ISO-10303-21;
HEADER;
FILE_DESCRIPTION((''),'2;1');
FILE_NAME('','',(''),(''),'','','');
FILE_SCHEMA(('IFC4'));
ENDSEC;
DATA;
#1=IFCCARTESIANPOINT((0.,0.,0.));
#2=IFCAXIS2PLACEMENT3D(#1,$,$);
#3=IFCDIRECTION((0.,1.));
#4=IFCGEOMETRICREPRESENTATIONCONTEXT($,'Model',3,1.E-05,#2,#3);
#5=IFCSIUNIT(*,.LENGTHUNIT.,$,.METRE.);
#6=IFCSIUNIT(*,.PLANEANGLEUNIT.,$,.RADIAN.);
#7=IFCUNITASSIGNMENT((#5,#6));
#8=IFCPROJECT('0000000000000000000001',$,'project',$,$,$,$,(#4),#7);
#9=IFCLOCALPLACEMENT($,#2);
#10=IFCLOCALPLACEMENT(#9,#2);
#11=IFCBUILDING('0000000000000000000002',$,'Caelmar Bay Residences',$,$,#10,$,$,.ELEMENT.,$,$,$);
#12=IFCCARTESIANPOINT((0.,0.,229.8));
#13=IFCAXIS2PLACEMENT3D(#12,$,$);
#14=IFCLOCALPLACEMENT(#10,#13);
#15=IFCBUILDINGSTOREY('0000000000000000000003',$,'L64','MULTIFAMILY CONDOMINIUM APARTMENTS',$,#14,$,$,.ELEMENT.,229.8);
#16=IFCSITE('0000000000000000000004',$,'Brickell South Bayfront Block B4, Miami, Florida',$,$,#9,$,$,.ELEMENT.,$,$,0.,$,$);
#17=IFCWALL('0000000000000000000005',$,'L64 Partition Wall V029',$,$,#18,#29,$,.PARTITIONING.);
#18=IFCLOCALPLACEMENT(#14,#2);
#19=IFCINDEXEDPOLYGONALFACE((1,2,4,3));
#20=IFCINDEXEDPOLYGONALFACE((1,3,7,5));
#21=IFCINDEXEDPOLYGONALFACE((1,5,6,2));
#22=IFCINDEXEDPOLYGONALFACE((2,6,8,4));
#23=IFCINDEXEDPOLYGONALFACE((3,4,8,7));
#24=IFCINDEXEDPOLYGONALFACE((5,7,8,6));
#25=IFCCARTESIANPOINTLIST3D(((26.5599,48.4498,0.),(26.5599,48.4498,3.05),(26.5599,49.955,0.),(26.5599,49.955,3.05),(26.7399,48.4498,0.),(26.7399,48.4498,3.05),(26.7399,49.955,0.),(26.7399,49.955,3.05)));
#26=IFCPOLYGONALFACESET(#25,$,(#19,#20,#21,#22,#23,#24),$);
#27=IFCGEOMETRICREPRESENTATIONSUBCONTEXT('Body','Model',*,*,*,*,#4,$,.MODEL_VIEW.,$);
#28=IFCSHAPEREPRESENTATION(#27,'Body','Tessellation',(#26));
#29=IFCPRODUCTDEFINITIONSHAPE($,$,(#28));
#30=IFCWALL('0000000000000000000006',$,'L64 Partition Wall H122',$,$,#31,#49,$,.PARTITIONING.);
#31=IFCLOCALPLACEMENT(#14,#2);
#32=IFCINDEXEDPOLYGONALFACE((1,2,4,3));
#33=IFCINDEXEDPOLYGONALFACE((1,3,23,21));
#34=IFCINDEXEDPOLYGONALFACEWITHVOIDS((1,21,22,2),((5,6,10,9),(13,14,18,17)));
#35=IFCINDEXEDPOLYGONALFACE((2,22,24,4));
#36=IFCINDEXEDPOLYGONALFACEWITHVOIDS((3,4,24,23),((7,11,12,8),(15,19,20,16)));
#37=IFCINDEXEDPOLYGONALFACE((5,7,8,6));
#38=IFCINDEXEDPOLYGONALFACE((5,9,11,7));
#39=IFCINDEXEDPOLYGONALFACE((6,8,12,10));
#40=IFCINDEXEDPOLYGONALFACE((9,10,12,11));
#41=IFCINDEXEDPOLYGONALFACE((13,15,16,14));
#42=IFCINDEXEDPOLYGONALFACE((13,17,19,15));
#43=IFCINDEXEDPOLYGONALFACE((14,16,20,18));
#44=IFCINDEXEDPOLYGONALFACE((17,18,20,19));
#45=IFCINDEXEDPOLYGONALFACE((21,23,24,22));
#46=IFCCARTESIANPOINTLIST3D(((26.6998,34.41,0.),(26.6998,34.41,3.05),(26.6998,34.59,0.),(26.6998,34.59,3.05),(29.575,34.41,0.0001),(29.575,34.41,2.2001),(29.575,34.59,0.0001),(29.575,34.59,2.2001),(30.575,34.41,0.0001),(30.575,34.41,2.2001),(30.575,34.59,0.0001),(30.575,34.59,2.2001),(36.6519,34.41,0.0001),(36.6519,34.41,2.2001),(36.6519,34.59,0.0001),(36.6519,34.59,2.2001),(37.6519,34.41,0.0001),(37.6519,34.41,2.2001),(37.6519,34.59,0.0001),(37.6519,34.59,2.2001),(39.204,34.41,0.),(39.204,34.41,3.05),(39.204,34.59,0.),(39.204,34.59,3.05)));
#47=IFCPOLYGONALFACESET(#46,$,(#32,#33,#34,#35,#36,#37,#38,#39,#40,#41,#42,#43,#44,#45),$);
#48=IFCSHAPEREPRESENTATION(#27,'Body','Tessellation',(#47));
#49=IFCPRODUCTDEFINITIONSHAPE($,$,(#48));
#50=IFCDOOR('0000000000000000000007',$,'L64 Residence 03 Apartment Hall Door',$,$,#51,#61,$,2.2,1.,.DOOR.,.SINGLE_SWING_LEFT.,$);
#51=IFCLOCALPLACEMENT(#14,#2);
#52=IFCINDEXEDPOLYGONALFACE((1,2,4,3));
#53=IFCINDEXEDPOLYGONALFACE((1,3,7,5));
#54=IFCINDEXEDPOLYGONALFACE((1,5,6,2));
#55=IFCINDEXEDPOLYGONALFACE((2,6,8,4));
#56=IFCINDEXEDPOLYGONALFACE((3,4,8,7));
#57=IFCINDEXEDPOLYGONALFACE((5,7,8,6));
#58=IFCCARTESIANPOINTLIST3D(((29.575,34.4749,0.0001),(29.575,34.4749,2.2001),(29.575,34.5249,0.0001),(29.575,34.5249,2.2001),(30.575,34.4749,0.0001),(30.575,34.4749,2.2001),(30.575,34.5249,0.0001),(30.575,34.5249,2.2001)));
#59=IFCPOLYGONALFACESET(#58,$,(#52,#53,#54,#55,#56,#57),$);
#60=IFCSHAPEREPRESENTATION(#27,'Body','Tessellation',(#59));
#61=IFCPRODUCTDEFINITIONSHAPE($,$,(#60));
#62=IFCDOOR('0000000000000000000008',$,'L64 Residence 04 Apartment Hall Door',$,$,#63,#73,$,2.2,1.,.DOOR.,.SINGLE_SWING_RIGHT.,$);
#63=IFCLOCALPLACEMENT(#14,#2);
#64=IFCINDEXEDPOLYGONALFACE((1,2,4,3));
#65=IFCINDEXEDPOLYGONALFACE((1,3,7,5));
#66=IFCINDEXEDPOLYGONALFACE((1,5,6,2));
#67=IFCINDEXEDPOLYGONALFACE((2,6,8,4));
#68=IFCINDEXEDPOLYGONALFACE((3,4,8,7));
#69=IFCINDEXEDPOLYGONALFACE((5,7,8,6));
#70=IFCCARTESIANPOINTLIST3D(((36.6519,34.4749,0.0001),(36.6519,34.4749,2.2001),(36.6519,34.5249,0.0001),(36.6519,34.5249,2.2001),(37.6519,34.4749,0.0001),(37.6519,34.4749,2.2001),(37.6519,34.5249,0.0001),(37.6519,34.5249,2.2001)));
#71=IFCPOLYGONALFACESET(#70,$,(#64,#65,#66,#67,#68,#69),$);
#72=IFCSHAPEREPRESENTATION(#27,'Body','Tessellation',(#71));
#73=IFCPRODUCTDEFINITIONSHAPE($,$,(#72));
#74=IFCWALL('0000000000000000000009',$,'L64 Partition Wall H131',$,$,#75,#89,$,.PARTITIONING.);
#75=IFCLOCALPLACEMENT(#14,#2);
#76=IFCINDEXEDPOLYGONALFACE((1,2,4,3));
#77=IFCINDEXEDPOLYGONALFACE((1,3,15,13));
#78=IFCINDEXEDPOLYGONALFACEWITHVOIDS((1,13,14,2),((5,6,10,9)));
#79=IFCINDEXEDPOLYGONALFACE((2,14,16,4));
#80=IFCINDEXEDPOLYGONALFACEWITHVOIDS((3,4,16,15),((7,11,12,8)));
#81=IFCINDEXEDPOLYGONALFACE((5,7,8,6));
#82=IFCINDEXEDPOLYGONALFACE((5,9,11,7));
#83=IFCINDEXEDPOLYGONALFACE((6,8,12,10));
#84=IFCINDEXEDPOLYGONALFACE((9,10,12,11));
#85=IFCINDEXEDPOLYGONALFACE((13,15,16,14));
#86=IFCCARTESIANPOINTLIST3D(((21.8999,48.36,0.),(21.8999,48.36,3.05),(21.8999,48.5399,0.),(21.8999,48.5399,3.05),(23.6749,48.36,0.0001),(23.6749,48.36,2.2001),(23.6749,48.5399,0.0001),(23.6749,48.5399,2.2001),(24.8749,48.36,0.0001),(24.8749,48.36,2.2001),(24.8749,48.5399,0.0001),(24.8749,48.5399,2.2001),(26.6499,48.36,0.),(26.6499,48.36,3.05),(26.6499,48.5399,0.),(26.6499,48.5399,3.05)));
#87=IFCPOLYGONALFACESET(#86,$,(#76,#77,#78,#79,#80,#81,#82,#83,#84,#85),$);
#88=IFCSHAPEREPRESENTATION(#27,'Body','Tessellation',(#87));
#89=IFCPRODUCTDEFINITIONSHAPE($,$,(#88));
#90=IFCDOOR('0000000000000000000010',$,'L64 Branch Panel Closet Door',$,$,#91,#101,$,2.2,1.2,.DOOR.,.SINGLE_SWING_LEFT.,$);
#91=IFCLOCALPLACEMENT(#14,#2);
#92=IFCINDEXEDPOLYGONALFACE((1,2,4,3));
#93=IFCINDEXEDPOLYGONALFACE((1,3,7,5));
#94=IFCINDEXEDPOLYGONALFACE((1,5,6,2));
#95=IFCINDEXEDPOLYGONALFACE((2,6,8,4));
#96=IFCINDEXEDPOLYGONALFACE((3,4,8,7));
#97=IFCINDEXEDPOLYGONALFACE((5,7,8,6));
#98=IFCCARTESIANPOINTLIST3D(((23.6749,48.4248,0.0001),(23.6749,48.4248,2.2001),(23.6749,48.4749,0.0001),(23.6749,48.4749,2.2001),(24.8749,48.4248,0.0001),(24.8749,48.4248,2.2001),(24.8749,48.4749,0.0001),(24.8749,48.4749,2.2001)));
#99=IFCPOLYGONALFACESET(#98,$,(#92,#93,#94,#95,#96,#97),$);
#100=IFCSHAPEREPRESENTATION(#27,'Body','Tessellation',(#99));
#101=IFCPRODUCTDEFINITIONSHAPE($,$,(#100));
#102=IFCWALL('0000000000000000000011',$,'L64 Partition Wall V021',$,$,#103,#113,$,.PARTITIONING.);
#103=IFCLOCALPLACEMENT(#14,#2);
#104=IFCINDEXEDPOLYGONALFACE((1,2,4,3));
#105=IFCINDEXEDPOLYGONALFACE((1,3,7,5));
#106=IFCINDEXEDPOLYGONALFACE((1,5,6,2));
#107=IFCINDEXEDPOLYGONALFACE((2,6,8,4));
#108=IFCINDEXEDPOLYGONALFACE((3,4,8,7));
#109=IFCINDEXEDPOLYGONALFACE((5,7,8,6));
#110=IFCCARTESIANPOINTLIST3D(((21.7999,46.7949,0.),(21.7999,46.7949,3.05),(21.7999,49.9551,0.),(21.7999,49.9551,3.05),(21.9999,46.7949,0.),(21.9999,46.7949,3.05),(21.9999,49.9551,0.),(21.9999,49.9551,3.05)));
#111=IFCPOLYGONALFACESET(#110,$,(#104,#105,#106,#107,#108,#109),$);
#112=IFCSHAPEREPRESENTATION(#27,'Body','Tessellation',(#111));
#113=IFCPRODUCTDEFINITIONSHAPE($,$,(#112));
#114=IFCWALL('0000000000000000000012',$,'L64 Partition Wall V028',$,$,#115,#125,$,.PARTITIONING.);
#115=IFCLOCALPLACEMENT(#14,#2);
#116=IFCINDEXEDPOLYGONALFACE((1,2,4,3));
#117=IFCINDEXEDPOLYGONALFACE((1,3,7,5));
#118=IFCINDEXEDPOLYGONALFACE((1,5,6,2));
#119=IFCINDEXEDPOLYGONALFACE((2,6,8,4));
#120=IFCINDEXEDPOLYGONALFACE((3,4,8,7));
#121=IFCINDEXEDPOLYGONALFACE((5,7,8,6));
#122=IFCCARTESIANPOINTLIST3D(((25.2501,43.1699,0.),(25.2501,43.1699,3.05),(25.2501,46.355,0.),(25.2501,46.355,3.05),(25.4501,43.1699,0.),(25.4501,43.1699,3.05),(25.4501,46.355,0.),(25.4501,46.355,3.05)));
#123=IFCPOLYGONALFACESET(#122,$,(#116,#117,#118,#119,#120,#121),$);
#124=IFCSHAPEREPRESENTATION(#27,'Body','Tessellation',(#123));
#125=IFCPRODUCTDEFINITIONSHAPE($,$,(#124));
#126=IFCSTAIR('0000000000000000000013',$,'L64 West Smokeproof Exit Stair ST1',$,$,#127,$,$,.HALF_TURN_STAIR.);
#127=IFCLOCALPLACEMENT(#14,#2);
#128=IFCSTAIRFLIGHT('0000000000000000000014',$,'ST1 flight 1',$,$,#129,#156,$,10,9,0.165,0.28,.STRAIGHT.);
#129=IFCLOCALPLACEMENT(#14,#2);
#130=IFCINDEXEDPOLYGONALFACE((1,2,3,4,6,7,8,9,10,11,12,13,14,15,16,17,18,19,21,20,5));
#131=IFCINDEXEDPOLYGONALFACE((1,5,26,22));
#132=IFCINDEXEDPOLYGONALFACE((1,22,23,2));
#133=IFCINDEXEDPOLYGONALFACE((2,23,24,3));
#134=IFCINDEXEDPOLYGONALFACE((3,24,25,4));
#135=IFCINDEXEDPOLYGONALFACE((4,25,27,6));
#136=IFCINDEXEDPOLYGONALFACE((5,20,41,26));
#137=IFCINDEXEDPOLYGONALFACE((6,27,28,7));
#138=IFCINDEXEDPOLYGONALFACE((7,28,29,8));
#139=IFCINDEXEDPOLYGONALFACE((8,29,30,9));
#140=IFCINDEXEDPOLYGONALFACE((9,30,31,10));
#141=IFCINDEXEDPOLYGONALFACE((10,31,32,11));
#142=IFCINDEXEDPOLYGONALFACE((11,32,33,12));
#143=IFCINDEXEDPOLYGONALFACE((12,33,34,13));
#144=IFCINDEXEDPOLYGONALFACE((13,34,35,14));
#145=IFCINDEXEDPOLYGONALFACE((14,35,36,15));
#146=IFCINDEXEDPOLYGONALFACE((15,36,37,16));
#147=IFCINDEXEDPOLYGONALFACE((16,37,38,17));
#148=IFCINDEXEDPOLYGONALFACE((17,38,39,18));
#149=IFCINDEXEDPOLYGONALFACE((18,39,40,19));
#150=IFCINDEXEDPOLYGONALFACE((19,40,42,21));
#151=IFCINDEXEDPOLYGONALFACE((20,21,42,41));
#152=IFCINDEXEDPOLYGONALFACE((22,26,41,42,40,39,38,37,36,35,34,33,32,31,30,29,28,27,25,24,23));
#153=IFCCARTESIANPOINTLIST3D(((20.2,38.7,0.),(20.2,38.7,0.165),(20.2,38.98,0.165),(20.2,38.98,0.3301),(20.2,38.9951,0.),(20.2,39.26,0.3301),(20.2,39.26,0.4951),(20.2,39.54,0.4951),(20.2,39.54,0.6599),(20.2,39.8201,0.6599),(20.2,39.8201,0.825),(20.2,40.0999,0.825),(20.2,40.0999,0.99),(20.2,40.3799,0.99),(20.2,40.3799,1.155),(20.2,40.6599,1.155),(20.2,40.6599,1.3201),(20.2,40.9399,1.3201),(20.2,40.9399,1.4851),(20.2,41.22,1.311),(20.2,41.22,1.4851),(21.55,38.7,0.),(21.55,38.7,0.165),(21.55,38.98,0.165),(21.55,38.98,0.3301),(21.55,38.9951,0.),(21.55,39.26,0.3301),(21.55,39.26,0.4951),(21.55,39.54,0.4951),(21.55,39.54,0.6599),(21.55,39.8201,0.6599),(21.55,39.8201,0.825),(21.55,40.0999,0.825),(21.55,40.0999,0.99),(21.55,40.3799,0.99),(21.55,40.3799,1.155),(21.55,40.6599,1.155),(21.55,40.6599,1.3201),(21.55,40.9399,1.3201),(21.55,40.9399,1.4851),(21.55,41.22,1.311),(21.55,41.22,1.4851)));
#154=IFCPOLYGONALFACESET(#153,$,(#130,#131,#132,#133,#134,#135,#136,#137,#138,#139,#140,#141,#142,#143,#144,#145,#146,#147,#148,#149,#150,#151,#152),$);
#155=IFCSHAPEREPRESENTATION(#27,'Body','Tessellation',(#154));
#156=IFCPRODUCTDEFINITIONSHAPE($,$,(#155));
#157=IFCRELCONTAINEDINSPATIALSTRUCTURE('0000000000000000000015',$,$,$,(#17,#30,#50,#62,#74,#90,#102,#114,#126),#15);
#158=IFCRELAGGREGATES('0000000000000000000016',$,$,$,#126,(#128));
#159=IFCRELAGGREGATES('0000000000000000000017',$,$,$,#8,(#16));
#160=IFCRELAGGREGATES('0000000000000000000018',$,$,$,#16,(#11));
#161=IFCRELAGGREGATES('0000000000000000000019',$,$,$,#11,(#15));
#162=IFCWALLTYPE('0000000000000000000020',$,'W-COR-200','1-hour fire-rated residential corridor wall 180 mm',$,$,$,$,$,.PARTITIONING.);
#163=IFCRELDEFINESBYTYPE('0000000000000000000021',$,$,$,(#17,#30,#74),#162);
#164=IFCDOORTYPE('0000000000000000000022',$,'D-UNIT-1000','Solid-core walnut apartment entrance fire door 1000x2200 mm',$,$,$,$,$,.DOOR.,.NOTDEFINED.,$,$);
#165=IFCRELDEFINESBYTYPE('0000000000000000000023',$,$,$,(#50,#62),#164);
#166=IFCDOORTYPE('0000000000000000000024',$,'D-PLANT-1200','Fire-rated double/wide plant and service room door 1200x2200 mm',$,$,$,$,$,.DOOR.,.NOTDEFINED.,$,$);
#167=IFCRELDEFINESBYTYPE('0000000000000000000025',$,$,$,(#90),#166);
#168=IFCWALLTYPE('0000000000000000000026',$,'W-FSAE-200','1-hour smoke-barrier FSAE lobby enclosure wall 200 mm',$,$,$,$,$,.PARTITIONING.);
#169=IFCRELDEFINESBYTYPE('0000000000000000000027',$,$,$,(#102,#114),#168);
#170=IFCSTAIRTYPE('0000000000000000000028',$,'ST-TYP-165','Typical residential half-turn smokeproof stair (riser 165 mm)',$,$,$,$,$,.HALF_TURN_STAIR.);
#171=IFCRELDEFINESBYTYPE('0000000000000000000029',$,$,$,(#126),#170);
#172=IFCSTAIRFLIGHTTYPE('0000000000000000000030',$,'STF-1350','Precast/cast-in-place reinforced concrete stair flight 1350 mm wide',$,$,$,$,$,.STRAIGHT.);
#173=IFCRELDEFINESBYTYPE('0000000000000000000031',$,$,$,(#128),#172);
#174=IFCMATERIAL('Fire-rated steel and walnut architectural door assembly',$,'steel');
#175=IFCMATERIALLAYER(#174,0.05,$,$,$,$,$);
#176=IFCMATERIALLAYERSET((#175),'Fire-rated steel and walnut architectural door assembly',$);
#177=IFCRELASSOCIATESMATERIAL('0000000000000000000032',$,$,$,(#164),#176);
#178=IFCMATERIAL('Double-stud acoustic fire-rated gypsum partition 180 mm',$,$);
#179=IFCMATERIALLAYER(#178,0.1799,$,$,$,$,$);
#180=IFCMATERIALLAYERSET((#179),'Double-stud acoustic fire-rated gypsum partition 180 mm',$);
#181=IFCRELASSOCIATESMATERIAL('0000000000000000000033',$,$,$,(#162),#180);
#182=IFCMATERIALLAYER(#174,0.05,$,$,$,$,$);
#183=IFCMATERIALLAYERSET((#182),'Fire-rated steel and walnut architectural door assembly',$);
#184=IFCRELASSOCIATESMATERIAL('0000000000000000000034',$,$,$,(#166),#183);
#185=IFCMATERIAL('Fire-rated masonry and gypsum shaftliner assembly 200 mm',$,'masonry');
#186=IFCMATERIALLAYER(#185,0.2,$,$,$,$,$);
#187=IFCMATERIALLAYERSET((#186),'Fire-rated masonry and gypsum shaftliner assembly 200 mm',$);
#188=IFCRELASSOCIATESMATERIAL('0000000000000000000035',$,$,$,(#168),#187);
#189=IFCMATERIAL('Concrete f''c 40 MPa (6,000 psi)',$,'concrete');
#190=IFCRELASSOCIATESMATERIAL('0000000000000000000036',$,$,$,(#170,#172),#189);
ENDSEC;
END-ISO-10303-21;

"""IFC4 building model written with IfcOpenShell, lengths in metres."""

from ifc_helpers import new_model, si_unit, direction, frame, frame_2d, origin, place, context, subcontext, project, spatial, polyline, rectangle, outline, extrude, material, layer, layer_set, type_object, element, fill, aggregate, save


model = new_model("IFC4")

# Units and contexts
model_context = context("Model", 3, precision=1e-05, world=origin(), true_north=direction((0.0, 1.0)))
body_context = subcontext(model_context, "Body", "Model", "MODEL_VIEW")
ifc_project = project(units=[si_unit("LENGTHUNIT", "METRE"), si_unit("PLANEANGLEUNIT", "RADIAN")], contexts=[model_context])

# Site, building, storey
site_placement = place(None, origin())
site = spatial("IfcSite", under=ifc_project, at=site_placement, Name="Brickell South Bayfront Block B4, Miami, Florida", CompositionType="ELEMENT", RefElevation=0.0)
building_placement = place(site_placement, origin())
building = spatial("IfcBuilding", under=site, at=building_placement, Name="Caelmar Bay Residences", CompositionType="ELEMENT")
storey_placement = place(building_placement, frame((0.0, 0.0, 229.8)))
storey = spatial("IfcBuildingStorey", under=building, at=storey_placement, Name="L64", Description="MULTIFAMILY CONDOMINIUM APARTMENTS", CompositionType="ELEMENT", Elevation=229.8)

# Shared definitions
ifc_material_1 = material(Name="Fire-rated steel and walnut architectural door assembly", Category="steel")

# Shared definitions
ifc_layer_1 = layer(ifc_material_1, 0.05)
ifc_layer_set_1 = layer_set([ifc_layer_1], Name="Fire-rated steel and walnut architectural door assembly")
door_type_1 = type_object("IfcDoorType", Name="D-UNIT-1000", Description="Solid-core walnut apartment entrance fire door 1000x2200 mm", OperationType="NOTDEFINED", PredefinedType="DOOR", material=ifc_layer_set_1)

# Wall
ifc_material_2 = material(Name="Double-stud acoustic fire-rated gypsum partition 180 mm")
ifc_layer_2 = layer(ifc_material_2, 0.1799)
ifc_layer_set_2 = layer_set([ifc_layer_2], Name="Double-stud acoustic fire-rated gypsum partition 180 mm")
wall_type_1 = type_object("IfcWallType", Name="W-COR-200", Description="1-hour fire-rated residential corridor wall 180 mm", PredefinedType="PARTITIONING", material=ifc_layer_set_2)
wall_1_placement = place(storey_placement, frame((26.6499, 48.45, 0.0), z_axis=(0.0, 0.0, 1.0), x_axis=(0.0, 1.0, 0.0)))
element("IfcWall", 1, at=wall_1_placement, inside=storey, type_object=wall_type_1, Name="L64 Partition Wall V029", PredefinedType="PARTITIONING", context=body_context, shape_type="SweptSolid", body=[
    extrude(rectangle(XDim=1.5051, YDim=0.1799, at=frame_2d((0.7524, 0.0))), origin(), (0.0, 0.0, 1.0), 3.05),
])

# Wall, openings, doors
wall_2_placement = place(storey_placement, frame((26.7, 34.5, 0.0), z_axis=(0.0, 0.0, 1.0), x_axis=(1.0, 0.0, 0.0)))
wall_2 = element("IfcWall", 2, at=wall_2_placement, inside=storey, type_object=wall_type_1, Name="L64 Partition Wall H122", PredefinedType="PARTITIONING", context=body_context, shape_type="SweptSolid", body=[
    extrude(rectangle(XDim=12.5042, YDim=0.1799, at=frame_2d((6.252, 0.0))), origin(), (0.0, 0.0, 1.0), 3.05),
])
opening_1_placement = place(wall_2_placement, frame((2.875, 0.0, 0.0)))
opening_1 = element("IfcOpeningElement", 3, at=opening_1_placement, cuts=wall_2, PredefinedType="OPENING", context=body_context, shape_type="SweptSolid", body=[
    extrude(rectangle(XDim=1.0, YDim=2.2, at=frame_2d((0.5, 1.1001))), frame((0.0, 0.0999, 0.0), z_axis=(0.0, -1.0, 0.0), x_axis=(1.0, 0.0, 0.0)), (0.0, 0.0, 1.0), 0.2),
])
opening_2_placement = place(wall_2_placement, frame((9.9519, 0.0, 0.0)))
opening_2 = element("IfcOpeningElement", 4, at=opening_2_placement, cuts=wall_2, PredefinedType="OPENING", context=body_context, shape_type="SweptSolid", body=[
    extrude(rectangle(XDim=1.0, YDim=2.2, at=frame_2d((0.5, 1.1001))), frame((0.0, 0.0999, 0.0), z_axis=(0.0, -1.0, 0.0), x_axis=(1.0, 0.0, 0.0)), (0.0, 0.0, 1.0), 0.2),
])
door_1_placement = place(opening_1_placement, origin())
door_1 = element("IfcDoor", 5, at=door_1_placement, inside=storey, type_object=door_type_1, Name="L64 Residence 03 Apartment Hall Door", OperationType="SINGLE_SWING_LEFT", OverallHeight=2.2, OverallWidth=1.0, PredefinedType="DOOR", context=body_context, shape_type="SweptSolid", body=[
    extrude(rectangle(XDim=1.0, YDim=2.2, at=frame_2d((0.5, 1.1001))), frame((0.0, 0.0249, 0.0), z_axis=(0.0, -1.0, 0.0), x_axis=(1.0, 0.0, 0.0)), (0.0, 0.0, 1.0), 0.05),
])
fill(opening_1, door_1)
door_2_placement = place(opening_2_placement, origin())
door_2 = element("IfcDoor", 6, at=door_2_placement, inside=storey, type_object=door_type_1, Name="L64 Residence 04 Apartment Hall Door", OperationType="SINGLE_SWING_RIGHT", OverallHeight=2.2, OverallWidth=1.0, PredefinedType="DOOR", context=body_context, shape_type="SweptSolid", body=[
    extrude(rectangle(XDim=1.0, YDim=2.2, at=frame_2d((0.5, 1.1001))), frame((0.0, 0.0249, 0.0), z_axis=(0.0, -1.0, 0.0), x_axis=(1.0, 0.0, 0.0)), (0.0, 0.0, 1.0), 0.05),
])
fill(opening_2, door_2)

# Wall, opening, door
wall_3_placement = place(storey_placement, frame((21.8999, 48.45, 0.0), z_axis=(0.0, 0.0, 1.0), x_axis=(1.0, 0.0, 0.0)))
wall_3 = element("IfcWall", 7, at=wall_3_placement, inside=storey, type_object=wall_type_1, Name="L64 Partition Wall H131", PredefinedType="PARTITIONING", context=body_context, shape_type="SweptSolid", body=[
    extrude(rectangle(XDim=4.75, YDim=0.1799, at=frame_2d((2.375, 0.0))), origin(), (0.0, 0.0, 1.0), 3.05),
])
opening_3_placement = place(wall_3_placement, frame((1.7749, 0.0, 0.0)))
opening_3 = element("IfcOpeningElement", 8, at=opening_3_placement, cuts=wall_3, PredefinedType="OPENING", context=body_context, shape_type="SweptSolid", body=[
    extrude(rectangle(XDim=1.2, YDim=2.2, at=frame_2d((0.6001, 1.1001))), frame((0.0, 0.0999, 0.0), z_axis=(0.0, -1.0, 0.0), x_axis=(1.0, 0.0, 0.0)), (0.0, 0.0, 1.0), 0.2),
])
ifc_layer_3 = layer(ifc_material_1, 0.05)
ifc_layer_set_3 = layer_set([ifc_layer_3], Name="Fire-rated steel and walnut architectural door assembly")
door_type_2 = type_object("IfcDoorType", Name="D-PLANT-1200", Description="Fire-rated double/wide plant and service room door 1200x2200 mm", OperationType="NOTDEFINED", PredefinedType="DOOR", material=ifc_layer_set_3)
door_3_placement = place(opening_3_placement, origin())
door_3 = element("IfcDoor", 9, at=door_3_placement, inside=storey, type_object=door_type_2, Name="L64 Branch Panel Closet Door", OperationType="SINGLE_SWING_LEFT", OverallHeight=2.2, OverallWidth=1.2, PredefinedType="DOOR", context=body_context, shape_type="SweptSolid", body=[
    extrude(rectangle(XDim=1.2, YDim=2.2, at=frame_2d((0.6001, 1.1001))), frame((0.0, 0.0249, 0.0), z_axis=(0.0, -1.0, 0.0), x_axis=(1.0, 0.0, 0.0)), (0.0, 0.0, 1.0), 0.05),
])
fill(opening_3, door_3)

# Walls
ifc_material_3 = material(Name="Fire-rated masonry and gypsum shaftliner assembly 200 mm", Category="masonry")
ifc_layer_4 = layer(ifc_material_3, 0.2)
ifc_layer_set_4 = layer_set([ifc_layer_4], Name="Fire-rated masonry and gypsum shaftliner assembly 200 mm")
wall_type_2 = type_object("IfcWallType", Name="W-FSAE-200", Description="1-hour smoke-barrier FSAE lobby enclosure wall 200 mm", PredefinedType="PARTITIONING", material=ifc_layer_set_4)
wall_4_placement = place(storey_placement, frame((21.8999, 46.7949, 0.0), z_axis=(0.0, 0.0, 1.0), x_axis=(0.0, 1.0, 0.0)))
element("IfcWall", 10, at=wall_4_placement, inside=storey, type_object=wall_type_2, Name="L64 Partition Wall V021", PredefinedType="PARTITIONING", context=body_context, shape_type="SweptSolid", body=[
    extrude(rectangle(XDim=3.1602, YDim=0.2, at=frame_2d((1.5801, 0.0))), origin(), (0.0, 0.0, 1.0), 3.05),
])
wall_5_placement = place(storey_placement, frame((25.3501, 43.1699, 0.0), z_axis=(0.0, 0.0, 1.0), x_axis=(0.0, 1.0, 0.0)))
element("IfcWall", 11, at=wall_5_placement, inside=storey, type_object=wall_type_2, Name="L64 Partition Wall V028", PredefinedType="PARTITIONING", context=body_context, shape_type="SweptSolid", body=[
    extrude(rectangle(XDim=3.1851, YDim=0.2, at=frame_2d((1.5925, 0.0))), origin(), (0.0, 0.0, 1.0), 3.05),
])

# Stair, stair flight
ifc_material_4 = material(Name="Concrete f'c 40 MPa (6,000 psi)", Category="concrete")
stair_type = type_object("IfcStairType", Name="ST-TYP-165", Description="Typical residential half-turn smokeproof stair (riser 165 mm)", PredefinedType="HALF_TURN_STAIR", material=ifc_material_4)
stair_placement = place(storey_placement, origin())
stair = element("IfcStair", 12, at=stair_placement, inside=storey, type_object=stair_type, Name="L64 West Smokeproof Exit Stair ST1", PredefinedType="HALF_TURN_STAIR")
stair_flight_type = type_object("IfcStairFlightType", Name="STF-1350", Description="Precast/cast-in-place reinforced concrete stair flight 1350 mm wide", PredefinedType="STRAIGHT", material=ifc_material_4)
stair_flight_placement = place(storey_placement, frame((20.875, 38.7, 0.0), z_axis=(0.0, 0.0, 1.0), x_axis=(0.0, 1.0, 0.0)))
stair_flight = element("IfcStairFlight", 13, at=stair_flight_placement, type_object=stair_flight_type, Name="ST1 flight 1", NumberOfRisers=10, NumberOfTreads=9, PredefinedType="STRAIGHT", RiserHeight=0.165, TreadLength=0.28, context=body_context, shape_type="SweptSolid", body=[
    extrude(outline(polyline([(0.0, 0.0), (0.0, 0.165), (0.28, 0.165), (0.28, 0.3301), (0.5601, 0.3301), (0.5601, 0.4951), (0.8401, 0.4951), (0.8401, 0.6599), (1.1201, 0.6599), (1.1201, 0.825), (1.3999, 0.825), (1.3999, 0.99), (1.6799, 0.99), (1.6799, 1.155), (1.96, 1.155), (1.96, 1.3201), (2.24, 1.3201), (2.24, 1.4851), (2.52, 1.4851), (2.52, 1.6499), (2.52, 1.311), (0.2952, 0.0), (0.0, 0.0)])), frame((0.0, 0.675, 0.0), z_axis=(0.0, -1.0, 0.0), x_axis=(1.0, 0.0, 0.0)), (0.0, 0.0, 1.0), 1.3501),
])
aggregate(stair, [stair_flight])

save(model, "model.ifc")
